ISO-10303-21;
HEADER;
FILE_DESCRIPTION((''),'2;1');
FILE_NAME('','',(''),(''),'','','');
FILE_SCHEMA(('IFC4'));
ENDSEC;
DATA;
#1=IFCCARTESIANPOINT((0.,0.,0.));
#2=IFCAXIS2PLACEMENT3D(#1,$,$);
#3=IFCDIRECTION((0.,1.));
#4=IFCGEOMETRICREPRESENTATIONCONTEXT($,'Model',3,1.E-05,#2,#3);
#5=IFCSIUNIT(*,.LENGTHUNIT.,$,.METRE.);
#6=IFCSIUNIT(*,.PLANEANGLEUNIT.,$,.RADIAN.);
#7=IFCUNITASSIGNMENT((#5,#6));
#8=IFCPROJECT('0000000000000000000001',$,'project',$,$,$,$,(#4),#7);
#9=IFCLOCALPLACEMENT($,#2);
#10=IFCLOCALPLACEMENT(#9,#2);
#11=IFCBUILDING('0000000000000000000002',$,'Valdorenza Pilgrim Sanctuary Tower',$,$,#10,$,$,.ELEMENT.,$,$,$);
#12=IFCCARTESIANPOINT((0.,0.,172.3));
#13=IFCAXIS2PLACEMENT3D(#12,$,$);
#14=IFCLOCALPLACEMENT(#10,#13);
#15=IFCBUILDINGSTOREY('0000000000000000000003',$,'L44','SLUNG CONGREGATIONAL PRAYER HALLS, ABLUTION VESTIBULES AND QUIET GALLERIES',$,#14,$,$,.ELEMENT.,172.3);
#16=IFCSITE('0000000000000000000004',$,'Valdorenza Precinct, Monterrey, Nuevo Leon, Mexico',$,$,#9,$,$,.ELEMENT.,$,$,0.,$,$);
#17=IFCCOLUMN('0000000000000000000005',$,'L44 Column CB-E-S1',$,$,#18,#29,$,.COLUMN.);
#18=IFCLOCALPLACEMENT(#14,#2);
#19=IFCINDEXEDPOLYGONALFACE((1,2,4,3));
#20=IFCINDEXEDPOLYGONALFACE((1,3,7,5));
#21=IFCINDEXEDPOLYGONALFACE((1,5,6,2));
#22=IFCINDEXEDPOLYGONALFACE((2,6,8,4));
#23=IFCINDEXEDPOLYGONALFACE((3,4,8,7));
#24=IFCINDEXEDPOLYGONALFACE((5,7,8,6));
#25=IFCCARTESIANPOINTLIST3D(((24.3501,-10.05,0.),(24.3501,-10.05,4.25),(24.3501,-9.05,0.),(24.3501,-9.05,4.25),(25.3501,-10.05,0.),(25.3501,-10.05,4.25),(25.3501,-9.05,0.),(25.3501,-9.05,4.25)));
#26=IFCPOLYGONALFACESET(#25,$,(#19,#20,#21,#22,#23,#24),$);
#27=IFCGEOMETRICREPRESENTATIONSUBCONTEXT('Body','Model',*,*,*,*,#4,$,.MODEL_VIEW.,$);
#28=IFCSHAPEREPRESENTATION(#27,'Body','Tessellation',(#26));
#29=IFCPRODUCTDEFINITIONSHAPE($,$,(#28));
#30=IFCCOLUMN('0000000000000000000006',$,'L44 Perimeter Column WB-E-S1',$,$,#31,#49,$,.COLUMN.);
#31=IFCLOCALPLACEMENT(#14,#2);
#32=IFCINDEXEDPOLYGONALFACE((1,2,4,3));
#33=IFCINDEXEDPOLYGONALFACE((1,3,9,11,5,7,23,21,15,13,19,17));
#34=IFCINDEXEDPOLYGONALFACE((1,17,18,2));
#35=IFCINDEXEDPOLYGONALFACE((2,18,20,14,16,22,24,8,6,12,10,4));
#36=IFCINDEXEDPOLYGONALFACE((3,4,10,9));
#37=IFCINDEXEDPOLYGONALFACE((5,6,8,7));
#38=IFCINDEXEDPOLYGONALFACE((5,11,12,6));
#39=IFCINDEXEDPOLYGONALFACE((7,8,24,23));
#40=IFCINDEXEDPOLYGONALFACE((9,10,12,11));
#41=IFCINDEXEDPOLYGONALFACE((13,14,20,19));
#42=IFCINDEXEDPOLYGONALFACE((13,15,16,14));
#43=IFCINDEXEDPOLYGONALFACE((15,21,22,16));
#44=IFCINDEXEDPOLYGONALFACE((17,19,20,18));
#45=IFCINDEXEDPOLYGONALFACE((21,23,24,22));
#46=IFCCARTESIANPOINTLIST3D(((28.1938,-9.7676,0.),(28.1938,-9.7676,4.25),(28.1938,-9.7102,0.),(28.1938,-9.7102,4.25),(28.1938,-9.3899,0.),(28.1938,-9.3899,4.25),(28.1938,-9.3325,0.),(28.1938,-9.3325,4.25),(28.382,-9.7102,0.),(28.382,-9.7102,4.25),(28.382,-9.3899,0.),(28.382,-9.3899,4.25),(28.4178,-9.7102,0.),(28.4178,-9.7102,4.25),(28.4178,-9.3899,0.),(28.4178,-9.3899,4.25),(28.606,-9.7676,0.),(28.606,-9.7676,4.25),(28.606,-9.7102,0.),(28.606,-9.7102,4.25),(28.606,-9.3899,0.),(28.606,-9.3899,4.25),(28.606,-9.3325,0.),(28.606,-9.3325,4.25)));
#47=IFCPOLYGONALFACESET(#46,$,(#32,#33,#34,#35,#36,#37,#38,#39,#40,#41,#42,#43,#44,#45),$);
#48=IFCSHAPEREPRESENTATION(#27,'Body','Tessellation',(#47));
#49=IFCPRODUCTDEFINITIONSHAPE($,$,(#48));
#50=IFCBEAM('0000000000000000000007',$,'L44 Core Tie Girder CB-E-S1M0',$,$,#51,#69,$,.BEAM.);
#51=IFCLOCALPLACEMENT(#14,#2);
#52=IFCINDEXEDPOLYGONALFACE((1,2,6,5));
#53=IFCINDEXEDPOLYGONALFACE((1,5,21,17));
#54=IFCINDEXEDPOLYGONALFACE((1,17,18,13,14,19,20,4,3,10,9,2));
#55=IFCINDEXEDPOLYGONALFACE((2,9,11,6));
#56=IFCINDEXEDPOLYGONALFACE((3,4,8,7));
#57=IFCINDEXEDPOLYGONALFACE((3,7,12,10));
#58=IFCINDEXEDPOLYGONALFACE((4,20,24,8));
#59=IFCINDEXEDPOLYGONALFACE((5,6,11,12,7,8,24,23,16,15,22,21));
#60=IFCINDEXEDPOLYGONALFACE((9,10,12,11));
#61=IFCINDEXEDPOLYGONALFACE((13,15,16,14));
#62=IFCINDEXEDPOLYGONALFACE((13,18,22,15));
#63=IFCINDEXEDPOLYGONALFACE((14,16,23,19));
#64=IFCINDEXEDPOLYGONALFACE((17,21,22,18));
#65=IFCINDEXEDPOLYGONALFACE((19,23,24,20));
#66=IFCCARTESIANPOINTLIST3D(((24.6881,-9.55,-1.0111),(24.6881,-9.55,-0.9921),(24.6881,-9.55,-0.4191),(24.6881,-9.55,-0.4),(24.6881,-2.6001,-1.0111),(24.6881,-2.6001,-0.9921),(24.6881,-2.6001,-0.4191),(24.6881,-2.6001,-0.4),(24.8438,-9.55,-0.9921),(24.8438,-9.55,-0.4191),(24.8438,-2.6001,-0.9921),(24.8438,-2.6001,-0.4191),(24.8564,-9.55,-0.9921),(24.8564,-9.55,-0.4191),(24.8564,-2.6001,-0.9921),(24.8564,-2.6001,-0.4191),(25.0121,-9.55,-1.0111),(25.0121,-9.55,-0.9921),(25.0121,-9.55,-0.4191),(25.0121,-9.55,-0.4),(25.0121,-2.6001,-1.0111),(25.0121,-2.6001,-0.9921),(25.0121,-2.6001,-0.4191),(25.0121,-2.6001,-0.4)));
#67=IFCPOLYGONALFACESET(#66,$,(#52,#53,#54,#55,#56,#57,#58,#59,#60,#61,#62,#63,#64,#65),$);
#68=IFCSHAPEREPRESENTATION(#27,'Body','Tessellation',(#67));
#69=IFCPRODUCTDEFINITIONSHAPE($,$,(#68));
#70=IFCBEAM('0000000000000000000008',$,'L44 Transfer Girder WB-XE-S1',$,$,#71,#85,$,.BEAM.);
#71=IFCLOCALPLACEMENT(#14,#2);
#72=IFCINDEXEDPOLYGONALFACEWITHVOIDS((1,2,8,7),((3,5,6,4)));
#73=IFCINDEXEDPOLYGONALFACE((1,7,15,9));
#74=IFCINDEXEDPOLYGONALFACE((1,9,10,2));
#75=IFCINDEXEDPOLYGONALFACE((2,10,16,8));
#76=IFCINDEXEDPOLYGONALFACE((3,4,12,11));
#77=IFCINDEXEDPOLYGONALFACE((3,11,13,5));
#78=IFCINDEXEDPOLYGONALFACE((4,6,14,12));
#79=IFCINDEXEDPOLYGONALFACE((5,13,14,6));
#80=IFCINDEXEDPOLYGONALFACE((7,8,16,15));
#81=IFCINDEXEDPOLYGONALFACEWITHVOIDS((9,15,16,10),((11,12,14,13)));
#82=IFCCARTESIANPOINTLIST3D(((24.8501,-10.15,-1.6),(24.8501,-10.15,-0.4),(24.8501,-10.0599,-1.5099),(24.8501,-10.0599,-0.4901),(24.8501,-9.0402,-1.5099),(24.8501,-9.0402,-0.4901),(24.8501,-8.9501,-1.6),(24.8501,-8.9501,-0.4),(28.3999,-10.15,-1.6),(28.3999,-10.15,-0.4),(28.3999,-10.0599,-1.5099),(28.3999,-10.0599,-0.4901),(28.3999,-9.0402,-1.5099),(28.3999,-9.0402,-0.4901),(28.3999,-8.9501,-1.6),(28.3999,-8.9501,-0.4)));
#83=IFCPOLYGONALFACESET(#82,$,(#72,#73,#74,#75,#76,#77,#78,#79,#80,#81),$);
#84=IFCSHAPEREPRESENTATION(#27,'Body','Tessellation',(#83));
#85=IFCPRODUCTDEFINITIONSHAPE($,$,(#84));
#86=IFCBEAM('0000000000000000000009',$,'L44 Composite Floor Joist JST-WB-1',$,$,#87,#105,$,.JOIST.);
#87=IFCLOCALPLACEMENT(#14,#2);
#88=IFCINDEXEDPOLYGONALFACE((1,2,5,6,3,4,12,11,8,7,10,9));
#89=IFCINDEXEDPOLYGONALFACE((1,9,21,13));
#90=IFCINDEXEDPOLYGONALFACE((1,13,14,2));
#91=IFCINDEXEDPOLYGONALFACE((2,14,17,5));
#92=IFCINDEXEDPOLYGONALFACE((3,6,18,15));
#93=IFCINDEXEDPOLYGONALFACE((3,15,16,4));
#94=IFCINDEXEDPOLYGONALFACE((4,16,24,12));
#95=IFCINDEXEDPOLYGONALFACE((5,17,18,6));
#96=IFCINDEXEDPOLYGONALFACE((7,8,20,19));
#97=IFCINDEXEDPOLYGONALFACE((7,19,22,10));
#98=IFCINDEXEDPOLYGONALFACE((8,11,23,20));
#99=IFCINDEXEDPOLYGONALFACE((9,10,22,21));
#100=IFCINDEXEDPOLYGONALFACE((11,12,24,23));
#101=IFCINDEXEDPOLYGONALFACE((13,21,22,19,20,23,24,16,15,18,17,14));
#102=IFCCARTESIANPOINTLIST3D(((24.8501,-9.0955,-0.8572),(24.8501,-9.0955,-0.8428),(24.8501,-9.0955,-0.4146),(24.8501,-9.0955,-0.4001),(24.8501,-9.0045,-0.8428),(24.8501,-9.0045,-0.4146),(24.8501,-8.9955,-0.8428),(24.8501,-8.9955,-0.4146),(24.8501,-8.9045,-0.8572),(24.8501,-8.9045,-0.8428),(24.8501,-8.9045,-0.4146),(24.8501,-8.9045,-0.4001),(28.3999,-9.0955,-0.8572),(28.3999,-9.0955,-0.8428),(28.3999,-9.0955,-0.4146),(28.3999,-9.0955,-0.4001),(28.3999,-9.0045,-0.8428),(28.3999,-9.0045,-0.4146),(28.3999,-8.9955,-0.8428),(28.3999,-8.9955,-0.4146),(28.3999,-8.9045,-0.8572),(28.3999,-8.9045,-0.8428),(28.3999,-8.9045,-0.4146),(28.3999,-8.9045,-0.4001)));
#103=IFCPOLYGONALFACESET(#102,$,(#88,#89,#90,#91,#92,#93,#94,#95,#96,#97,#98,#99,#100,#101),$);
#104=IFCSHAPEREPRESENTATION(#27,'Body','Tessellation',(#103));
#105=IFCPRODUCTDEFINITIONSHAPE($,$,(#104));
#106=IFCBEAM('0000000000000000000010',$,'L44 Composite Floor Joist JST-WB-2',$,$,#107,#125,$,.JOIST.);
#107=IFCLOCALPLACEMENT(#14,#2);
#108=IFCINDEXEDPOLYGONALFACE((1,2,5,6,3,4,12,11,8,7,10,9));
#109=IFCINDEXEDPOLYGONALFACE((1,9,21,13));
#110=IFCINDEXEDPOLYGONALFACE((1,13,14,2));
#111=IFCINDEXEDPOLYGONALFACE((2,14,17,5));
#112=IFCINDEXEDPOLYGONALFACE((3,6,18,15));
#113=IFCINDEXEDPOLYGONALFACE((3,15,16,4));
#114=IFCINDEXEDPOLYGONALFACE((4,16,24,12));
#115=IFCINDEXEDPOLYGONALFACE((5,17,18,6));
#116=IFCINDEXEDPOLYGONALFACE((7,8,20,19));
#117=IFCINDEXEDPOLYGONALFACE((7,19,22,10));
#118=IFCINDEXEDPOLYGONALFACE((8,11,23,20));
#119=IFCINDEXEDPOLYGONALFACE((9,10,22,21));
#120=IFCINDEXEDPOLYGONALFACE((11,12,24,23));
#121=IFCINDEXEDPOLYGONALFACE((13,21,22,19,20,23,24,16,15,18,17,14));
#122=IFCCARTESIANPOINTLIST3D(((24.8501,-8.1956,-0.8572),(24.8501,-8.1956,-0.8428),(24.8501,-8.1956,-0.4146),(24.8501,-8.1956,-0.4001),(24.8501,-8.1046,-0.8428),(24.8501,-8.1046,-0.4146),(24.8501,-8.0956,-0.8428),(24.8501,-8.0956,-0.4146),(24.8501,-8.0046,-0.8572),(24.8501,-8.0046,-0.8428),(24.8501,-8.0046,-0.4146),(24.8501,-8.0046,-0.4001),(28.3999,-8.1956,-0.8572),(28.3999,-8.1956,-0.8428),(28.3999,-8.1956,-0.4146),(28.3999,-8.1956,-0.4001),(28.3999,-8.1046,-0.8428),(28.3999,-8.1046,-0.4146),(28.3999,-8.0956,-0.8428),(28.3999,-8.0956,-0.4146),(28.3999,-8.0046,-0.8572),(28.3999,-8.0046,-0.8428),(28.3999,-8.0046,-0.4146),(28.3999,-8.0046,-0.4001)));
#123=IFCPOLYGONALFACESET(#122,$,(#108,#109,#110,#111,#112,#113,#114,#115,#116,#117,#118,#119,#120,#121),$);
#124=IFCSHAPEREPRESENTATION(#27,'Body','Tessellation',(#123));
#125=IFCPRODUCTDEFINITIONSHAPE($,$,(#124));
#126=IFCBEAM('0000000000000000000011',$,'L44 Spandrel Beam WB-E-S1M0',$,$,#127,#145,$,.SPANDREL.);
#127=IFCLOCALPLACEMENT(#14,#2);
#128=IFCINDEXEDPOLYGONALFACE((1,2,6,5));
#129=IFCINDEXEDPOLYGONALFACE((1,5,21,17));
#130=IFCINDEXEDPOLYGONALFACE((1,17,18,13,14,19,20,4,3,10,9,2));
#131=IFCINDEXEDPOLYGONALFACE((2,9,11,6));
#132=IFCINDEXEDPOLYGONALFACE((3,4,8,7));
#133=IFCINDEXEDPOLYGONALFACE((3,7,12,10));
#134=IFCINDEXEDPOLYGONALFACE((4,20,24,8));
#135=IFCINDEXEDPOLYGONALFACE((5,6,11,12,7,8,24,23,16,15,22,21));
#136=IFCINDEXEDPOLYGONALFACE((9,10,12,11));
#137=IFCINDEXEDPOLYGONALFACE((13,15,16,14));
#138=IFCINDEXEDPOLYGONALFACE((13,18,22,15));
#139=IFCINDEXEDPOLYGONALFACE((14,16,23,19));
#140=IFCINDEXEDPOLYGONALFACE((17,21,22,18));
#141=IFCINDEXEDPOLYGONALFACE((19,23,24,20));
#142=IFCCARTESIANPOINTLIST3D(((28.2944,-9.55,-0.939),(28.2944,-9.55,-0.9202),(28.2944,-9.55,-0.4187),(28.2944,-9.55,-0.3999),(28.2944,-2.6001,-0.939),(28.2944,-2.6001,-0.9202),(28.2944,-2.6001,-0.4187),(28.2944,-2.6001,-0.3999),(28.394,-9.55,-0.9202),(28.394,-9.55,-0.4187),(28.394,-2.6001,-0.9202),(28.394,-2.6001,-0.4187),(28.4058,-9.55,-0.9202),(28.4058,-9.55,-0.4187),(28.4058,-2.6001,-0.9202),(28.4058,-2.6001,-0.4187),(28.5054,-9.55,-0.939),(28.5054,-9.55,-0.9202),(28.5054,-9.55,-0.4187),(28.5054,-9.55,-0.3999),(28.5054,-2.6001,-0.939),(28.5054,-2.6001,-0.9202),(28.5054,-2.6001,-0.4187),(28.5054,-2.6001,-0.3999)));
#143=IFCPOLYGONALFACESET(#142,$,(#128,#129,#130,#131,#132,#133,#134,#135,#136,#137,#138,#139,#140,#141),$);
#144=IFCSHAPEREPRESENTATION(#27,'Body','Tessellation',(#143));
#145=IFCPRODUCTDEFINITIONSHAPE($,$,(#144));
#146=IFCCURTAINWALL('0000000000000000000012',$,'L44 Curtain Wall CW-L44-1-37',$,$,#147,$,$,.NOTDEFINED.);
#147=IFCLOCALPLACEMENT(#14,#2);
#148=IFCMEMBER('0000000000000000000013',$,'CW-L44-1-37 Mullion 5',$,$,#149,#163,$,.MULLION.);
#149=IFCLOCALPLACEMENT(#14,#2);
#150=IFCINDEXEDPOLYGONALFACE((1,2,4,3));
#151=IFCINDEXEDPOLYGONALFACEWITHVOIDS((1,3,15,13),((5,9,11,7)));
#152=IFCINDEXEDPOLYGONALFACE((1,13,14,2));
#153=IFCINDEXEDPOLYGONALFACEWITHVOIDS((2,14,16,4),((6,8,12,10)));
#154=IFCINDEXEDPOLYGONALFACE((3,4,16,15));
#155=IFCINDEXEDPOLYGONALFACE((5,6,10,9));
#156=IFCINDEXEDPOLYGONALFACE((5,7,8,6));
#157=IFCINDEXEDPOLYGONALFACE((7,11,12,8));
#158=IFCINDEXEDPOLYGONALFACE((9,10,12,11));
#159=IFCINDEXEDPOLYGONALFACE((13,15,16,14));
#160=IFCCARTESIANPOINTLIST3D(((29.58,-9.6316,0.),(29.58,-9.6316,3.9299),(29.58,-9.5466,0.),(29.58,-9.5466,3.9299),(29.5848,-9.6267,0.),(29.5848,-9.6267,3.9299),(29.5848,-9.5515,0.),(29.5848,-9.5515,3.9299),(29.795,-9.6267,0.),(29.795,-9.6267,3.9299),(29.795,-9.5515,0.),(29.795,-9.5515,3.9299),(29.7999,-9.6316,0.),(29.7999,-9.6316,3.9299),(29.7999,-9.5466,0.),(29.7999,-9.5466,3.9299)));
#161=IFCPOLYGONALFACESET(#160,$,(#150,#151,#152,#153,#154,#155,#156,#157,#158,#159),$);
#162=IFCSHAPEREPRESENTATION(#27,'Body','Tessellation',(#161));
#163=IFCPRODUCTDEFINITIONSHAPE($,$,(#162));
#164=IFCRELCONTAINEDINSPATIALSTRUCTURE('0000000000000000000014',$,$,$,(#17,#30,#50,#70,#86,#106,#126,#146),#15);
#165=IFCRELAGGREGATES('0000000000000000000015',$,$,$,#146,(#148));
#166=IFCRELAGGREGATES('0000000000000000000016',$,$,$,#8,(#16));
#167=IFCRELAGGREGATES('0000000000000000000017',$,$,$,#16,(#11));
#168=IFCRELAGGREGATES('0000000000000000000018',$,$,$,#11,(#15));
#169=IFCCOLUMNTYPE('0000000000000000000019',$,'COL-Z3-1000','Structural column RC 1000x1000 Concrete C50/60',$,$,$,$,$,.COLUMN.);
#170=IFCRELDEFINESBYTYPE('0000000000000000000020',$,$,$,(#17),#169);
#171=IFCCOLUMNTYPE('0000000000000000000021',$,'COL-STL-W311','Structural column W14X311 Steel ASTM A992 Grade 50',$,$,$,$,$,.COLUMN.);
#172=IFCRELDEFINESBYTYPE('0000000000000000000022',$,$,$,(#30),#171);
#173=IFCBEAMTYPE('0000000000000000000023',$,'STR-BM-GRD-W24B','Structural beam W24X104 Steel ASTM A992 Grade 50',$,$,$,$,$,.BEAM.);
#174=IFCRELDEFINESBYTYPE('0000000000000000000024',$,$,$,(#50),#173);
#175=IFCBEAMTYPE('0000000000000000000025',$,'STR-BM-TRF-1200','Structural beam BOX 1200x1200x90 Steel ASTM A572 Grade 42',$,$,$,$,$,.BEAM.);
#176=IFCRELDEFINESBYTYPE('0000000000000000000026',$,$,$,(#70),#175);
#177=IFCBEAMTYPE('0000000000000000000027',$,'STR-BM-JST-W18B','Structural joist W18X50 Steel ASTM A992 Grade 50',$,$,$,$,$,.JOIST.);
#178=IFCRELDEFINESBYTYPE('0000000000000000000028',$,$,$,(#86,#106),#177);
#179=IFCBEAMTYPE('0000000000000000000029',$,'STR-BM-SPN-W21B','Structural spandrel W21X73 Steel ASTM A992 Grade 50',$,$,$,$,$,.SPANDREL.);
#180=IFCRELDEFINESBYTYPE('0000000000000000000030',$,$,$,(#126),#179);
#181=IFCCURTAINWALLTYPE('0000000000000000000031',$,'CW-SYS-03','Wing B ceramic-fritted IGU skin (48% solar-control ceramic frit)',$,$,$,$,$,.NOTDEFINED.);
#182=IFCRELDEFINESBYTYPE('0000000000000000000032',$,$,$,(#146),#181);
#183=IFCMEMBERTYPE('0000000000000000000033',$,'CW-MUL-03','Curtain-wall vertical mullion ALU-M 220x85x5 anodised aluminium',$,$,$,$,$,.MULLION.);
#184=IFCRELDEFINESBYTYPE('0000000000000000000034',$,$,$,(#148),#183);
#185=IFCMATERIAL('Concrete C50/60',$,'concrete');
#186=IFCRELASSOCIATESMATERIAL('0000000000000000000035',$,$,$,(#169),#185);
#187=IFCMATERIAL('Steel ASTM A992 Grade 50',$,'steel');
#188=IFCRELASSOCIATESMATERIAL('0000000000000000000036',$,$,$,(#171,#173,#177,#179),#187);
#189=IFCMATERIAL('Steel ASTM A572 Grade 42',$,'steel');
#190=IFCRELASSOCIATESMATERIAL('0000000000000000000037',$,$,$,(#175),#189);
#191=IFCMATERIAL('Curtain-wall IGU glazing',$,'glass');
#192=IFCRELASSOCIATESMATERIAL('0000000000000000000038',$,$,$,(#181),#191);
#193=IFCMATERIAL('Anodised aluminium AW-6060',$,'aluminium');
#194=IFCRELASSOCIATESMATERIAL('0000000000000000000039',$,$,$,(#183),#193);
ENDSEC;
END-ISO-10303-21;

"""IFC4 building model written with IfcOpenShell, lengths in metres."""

from ifc_helpers import new_model, si_unit, direction, frame, origin, origin_2d, place, context, subcontext, project, spatial, rectangle, hollow_rectangle, i_section, extrude, source, transform, mapped, material, material_profile, profile_set, type_object, element, aggregate, save


model = new_model("IFC4")

# Units and contexts
model_context = context("Model", 3, precision=1e-05, world=origin(), true_north=direction((0.0, 1.0)))
body_context = subcontext(model_context, "Body", "Model", "MODEL_VIEW")
ifc_project = project(units=[si_unit("LENGTHUNIT", "METRE"), si_unit("PLANEANGLEUNIT", "RADIAN")], contexts=[model_context])

# Site, building, storey
site_placement = place(None, origin())
site = spatial("IfcSite", under=ifc_project, at=site_placement, Name="Valdorenza Precinct, Monterrey, Nuevo Leon, Mexico", CompositionType="ELEMENT", RefElevation=0.0)
building_placement = place(site_placement, origin())
building = spatial("IfcBuilding", under=site, at=building_placement, Name="Valdorenza Pilgrim Sanctuary Tower", CompositionType="ELEMENT")
storey_placement = place(building_placement, frame((0.0, 0.0, 172.3)))
storey = spatial("IfcBuildingStorey", under=building, at=storey_placement, Name="L44", Description="SLUNG CONGREGATIONAL PRAYER HALLS, ABLUTION VESTIBULES AND QUIET GALLERIES", CompositionType="ELEMENT", Elevation=172.3)

# Columns
ifc_material_1 = material(Name="Concrete C50/60", Category="concrete")
ifc_material_profile_1 = material_profile(ifc_material_1, rectangle(XDim=1.0, YDim=1.0, at=origin_2d()), Name="RC 1000x1000")
ifc_profile_set_1 = profile_set([ifc_material_profile_1], Name="Concrete C50/60")
column_type_1 = type_object("IfcColumnType", Name="COL-Z3-1000", Description="Structural column RC 1000x1000 Concrete C50/60", PredefinedType="COLUMN", material=ifc_profile_set_1)
shared_shape_1 = source(origin(), body_context, "Body", "SweptSolid", [
    extrude(rectangle(XDim=1.0, YDim=1.0, at=origin_2d()), origin(), (0.0, 0.0, 1.0), 4.25),
])
column_1_placement = place(storey_placement, frame((24.8501, -9.55, 0.0), z_axis=(0.0, 0.0, 1.0), x_axis=(1.0, 0.0, 0.0)))
element("IfcColumn", 1, at=column_1_placement, inside=storey, type_object=column_type_1, Name="L44 Column CB-E-S1", PredefinedType="COLUMN", context=body_context, shape_type="MappedRepresentation", body=[
    mapped(shared_shape_1, transform((0.0, 0.0, 0.0), x_axis=(1.0, 0.0, 0.0), y_axis=(0.0, 1.0, 0.0), z_axis=(0.0, 0.0, 1.0), scale=1.0)),
])
ifc_material_2 = material(Name="Steel ASTM A992 Grade 50", Category="steel")
ifc_material_profile_2 = material_profile(ifc_material_2, i_section(OverallWidth=0.4121, OverallDepth=0.4351, WebThickness=0.0359, FlangeThickness=0.0574, at=origin_2d()), Name="W14X311")
ifc_profile_set_2 = profile_set([ifc_material_profile_2], Name="Steel ASTM A992 Grade 50")
column_type_2 = type_object("IfcColumnType", Name="COL-STL-W311", Description="Structural column W14X311 Steel ASTM A992 Grade 50", PredefinedType="COLUMN", material=ifc_profile_set_2)
shared_shape_2 = source(origin(), body_context, "Body", "SweptSolid", [
    extrude(i_section(OverallWidth=0.4121, OverallDepth=0.4351, WebThickness=0.0359, FlangeThickness=0.0574, at=origin_2d()), origin(), (0.0, 0.0, 1.0), 4.25),
])
column_2_placement = place(storey_placement, frame((28.3999, -9.55, 0.0), z_axis=(0.0, 0.0, 1.0), x_axis=(1.0, 0.0, 0.0)))
element("IfcColumn", 2, at=column_2_placement, inside=storey, type_object=column_type_2, Name="L44 Perimeter Column WB-E-S1", PredefinedType="COLUMN", context=body_context, shape_type="MappedRepresentation", body=[
    mapped(shared_shape_2, transform((0.0, 0.0, 0.0), x_axis=(1.0, 0.0, 0.0), y_axis=(0.0, 1.0, 0.0), z_axis=(0.0, 0.0, 1.0), scale=1.0)),
])

# Beams
ifc_material_profile_3 = material_profile(ifc_material_2, i_section(OverallWidth=0.324, OverallDepth=0.6111, WebThickness=0.0127, FlangeThickness=0.019, at=origin_2d()), Name="W24X104")
ifc_profile_set_3 = profile_set([ifc_material_profile_3], Name="Steel ASTM A992 Grade 50")
beam_type_1 = type_object("IfcBeamType", Name="STR-BM-GRD-W24B", Description="Structural beam W24X104 Steel ASTM A992 Grade 50", PredefinedType="BEAM", material=ifc_profile_set_3)
shared_shape_3 = source(origin(), body_context, "Body", "SweptSolid", [
    extrude(i_section(OverallWidth=0.324, OverallDepth=0.6111, WebThickness=0.0127, FlangeThickness=0.019, at=origin_2d()), origin(), (0.0, 0.0, 1.0), 6.95),
])
beam_1_placement = place(storey_placement, frame((24.8501, -9.55, -0.7056), z_axis=(0.0, 1.0, 0.0), x_axis=(-1.0, 0.0, 0.0)))
element("IfcBeam", 3, at=beam_1_placement, inside=storey, type_object=beam_type_1, Name="L44 Core Tie Girder CB-E-S1M0", PredefinedType="BEAM", context=body_context, shape_type="MappedRepresentation", body=[
    mapped(shared_shape_3, transform((0.0, 0.0, 0.0), x_axis=(1.0, 0.0, 0.0), y_axis=(0.0, 1.0, 0.0), z_axis=(0.0, 0.0, 1.0), scale=1.0)),
])
ifc_material_3 = material(Name="Steel ASTM A572 Grade 42", Category="steel")
ifc_material_profile_4 = material_profile(ifc_material_3, hollow_rectangle(XDim=1.2, YDim=1.2, WallThickness=0.0901, at=origin_2d()), Name="BOX 1200x1200x90")
ifc_profile_set_4 = profile_set([ifc_material_profile_4], Name="Steel ASTM A572 Grade 42")
beam_type_2 = type_object("IfcBeamType", Name="STR-BM-TRF-1200", Description="Structural beam BOX 1200x1200x90 Steel ASTM A572 Grade 42", PredefinedType="BEAM", material=ifc_profile_set_4)
shared_shape_4 = source(origin(), body_context, "Body", "SweptSolid", [
    extrude(hollow_rectangle(XDim=1.2, YDim=1.2, WallThickness=0.0901, at=origin_2d()), origin(), (0.0, 0.0, 1.0), 3.5498),
])
beam_2_placement = place(storey_placement, frame((24.8501, -9.55, -1.0), z_axis=(1.0, 0.0, 0.0), x_axis=(0.0, 1.0, 0.0)))
element("IfcBeam", 4, at=beam_2_placement, inside=storey, type_object=beam_type_2, Name="L44 Transfer Girder WB-XE-S1", PredefinedType="BEAM", context=body_context, shape_type="MappedRepresentation", body=[
    mapped(shared_shape_4, transform((0.0, 0.0, 0.0), x_axis=(1.0, 0.0, 0.0), y_axis=(0.0, 1.0, 0.0), z_axis=(0.0, 0.0, 1.0), scale=1.0)),
])
ifc_material_profile_5 = material_profile(ifc_material_2, i_section(OverallWidth=0.1909, OverallDepth=0.457, WebThickness=0.009, FlangeThickness=0.0144, at=origin_2d()), Name="W18X50")
ifc_profile_set_5 = profile_set([ifc_material_profile_5], Name="Steel ASTM A992 Grade 50")
beam_type_3 = type_object("IfcBeamType", Name="STR-BM-JST-W18B", Description="Structural joist W18X50 Steel ASTM A992 Grade 50", PredefinedType="JOIST", material=ifc_profile_set_5)
shared_shape_5 = source(origin(), body_context, "Body", "SweptSolid", [
    extrude(i_section(OverallWidth=0.1909, OverallDepth=0.457, WebThickness=0.009, FlangeThickness=0.0144, at=origin_2d()), origin(), (0.0, 0.0, 1.0), 3.5498),
])
for number, where, z_axis, x_axis, name in (
    (5, (24.8501, -9.0, -0.6287), (1.0, 0.0, 0.0), (0.0, 1.0, 0.0), "L44 Composite Floor Joist JST-WB-1"),
    (6, (24.8501, -8.1001, -0.6287), (1.0, 0.0, 0.0), (0.0, 1.0, 0.0), "L44 Composite Floor Joist JST-WB-2"),
):
    element("IfcBeam", number, at=place(storey_placement, frame(where, z_axis=z_axis, x_axis=x_axis)), inside=storey, type_object=beam_type_3, Name=name, PredefinedType="JOIST", context=body_context, shape_type="MappedRepresentation", body=[
        mapped(shared_shape_5, transform((0.0, 0.0, 0.0), x_axis=(1.0, 0.0, 0.0), y_axis=(0.0, 1.0, 0.0), z_axis=(0.0, 0.0, 1.0), scale=1.0)),
    ])
ifc_material_profile_6 = material_profile(ifc_material_2, i_section(OverallWidth=0.2109, OverallDepth=0.5391, WebThickness=0.0117, FlangeThickness=0.0188, at=origin_2d()), Name="W21X73")
ifc_profile_set_6 = profile_set([ifc_material_profile_6], Name="Steel ASTM A992 Grade 50")
beam_type_4 = type_object("IfcBeamType", Name="STR-BM-SPN-W21B", Description="Structural spandrel W21X73 Steel ASTM A992 Grade 50", PredefinedType="SPANDREL", material=ifc_profile_set_6)
shared_shape_6 = source(origin(), body_context, "Body", "SweptSolid", [
    extrude(i_section(OverallWidth=0.2109, OverallDepth=0.5391, WebThickness=0.0117, FlangeThickness=0.0188, at=origin_2d()), origin(), (0.0, 0.0, 1.0), 6.95),
])
beam_3_placement = place(storey_placement, frame((28.3999, -9.55, -0.6694), z_axis=(0.0, 1.0, 0.0), x_axis=(-1.0, 0.0, 0.0)))
element("IfcBeam", 7, at=beam_3_placement, inside=storey, type_object=beam_type_4, Name="L44 Spandrel Beam WB-E-S1M0", PredefinedType="SPANDREL", context=body_context, shape_type="MappedRepresentation", body=[
    mapped(shared_shape_6, transform((0.0, 0.0, 0.0), x_axis=(1.0, 0.0, 0.0), y_axis=(0.0, 1.0, 0.0), z_axis=(0.0, 0.0, 1.0), scale=1.0)),
])

# Curtain wall, member
ifc_material_4 = material(Name="Curtain-wall IGU glazing", Category="glass")
curtain_wall_type = type_object("IfcCurtainWallType", Name="CW-SYS-03", Description="Wing B ceramic-fritted IGU skin (48% solar-control ceramic frit)", PredefinedType="NOTDEFINED", material=ifc_material_4)
curtain_wall_1_placement = place(storey_placement, origin())
curtain_wall_1 = element("IfcCurtainWall", 8, at=curtain_wall_1_placement, inside=storey, type_object=curtain_wall_type, Name="L44 Curtain Wall CW-L44-1-37", PredefinedType="NOTDEFINED")
ifc_material_5 = material(Name="Anodised aluminium AW-6060", Category="aluminium")
ifc_material_profile_7 = material_profile(ifc_material_5, hollow_rectangle(XDim=0.085, YDim=0.22, WallThickness=0.0049, at=origin_2d()), Name="ALU-M 220x85x5")
ifc_profile_set_7 = profile_set([ifc_material_profile_7], Name="Anodised aluminium AW-6060")
member_type_1 = type_object("IfcMemberType", Name="CW-MUL-03", Description="Curtain-wall vertical mullion ALU-M 220x85x5 anodised aluminium", PredefinedType="MULLION", material=ifc_profile_set_7)
shared_shape_7 = source(origin(), body_context, "Body", "SweptSolid", [
    extrude(hollow_rectangle(XDim=0.085, YDim=0.22, WallThickness=0.0049, at=origin_2d()), origin(), (0.0, 0.0, 1.0), 3.9299),
])
member_1_placement = place(storey_placement, frame((29.6899, -9.5891, 0.0), z_axis=(0.0, 0.0, 1.0), x_axis=(0.0, -1.0, 0.0)))
member_1 = element("IfcMember", 9, at=member_1_placement, type_object=member_type_1, Name="CW-L44-1-37 Mullion 5", PredefinedType="MULLION", context=body_context, shape_type="MappedRepresentation", body=[
    mapped(shared_shape_7, transform((0.0, 0.0, 0.0), x_axis=(1.0, 0.0, 0.0), y_axis=(0.0, 1.0, 0.0), z_axis=(0.0, 0.0, 1.0), scale=1.0)),
])
aggregate(curtain_wall_1, [member_1])

save(model, "model.ifc")
